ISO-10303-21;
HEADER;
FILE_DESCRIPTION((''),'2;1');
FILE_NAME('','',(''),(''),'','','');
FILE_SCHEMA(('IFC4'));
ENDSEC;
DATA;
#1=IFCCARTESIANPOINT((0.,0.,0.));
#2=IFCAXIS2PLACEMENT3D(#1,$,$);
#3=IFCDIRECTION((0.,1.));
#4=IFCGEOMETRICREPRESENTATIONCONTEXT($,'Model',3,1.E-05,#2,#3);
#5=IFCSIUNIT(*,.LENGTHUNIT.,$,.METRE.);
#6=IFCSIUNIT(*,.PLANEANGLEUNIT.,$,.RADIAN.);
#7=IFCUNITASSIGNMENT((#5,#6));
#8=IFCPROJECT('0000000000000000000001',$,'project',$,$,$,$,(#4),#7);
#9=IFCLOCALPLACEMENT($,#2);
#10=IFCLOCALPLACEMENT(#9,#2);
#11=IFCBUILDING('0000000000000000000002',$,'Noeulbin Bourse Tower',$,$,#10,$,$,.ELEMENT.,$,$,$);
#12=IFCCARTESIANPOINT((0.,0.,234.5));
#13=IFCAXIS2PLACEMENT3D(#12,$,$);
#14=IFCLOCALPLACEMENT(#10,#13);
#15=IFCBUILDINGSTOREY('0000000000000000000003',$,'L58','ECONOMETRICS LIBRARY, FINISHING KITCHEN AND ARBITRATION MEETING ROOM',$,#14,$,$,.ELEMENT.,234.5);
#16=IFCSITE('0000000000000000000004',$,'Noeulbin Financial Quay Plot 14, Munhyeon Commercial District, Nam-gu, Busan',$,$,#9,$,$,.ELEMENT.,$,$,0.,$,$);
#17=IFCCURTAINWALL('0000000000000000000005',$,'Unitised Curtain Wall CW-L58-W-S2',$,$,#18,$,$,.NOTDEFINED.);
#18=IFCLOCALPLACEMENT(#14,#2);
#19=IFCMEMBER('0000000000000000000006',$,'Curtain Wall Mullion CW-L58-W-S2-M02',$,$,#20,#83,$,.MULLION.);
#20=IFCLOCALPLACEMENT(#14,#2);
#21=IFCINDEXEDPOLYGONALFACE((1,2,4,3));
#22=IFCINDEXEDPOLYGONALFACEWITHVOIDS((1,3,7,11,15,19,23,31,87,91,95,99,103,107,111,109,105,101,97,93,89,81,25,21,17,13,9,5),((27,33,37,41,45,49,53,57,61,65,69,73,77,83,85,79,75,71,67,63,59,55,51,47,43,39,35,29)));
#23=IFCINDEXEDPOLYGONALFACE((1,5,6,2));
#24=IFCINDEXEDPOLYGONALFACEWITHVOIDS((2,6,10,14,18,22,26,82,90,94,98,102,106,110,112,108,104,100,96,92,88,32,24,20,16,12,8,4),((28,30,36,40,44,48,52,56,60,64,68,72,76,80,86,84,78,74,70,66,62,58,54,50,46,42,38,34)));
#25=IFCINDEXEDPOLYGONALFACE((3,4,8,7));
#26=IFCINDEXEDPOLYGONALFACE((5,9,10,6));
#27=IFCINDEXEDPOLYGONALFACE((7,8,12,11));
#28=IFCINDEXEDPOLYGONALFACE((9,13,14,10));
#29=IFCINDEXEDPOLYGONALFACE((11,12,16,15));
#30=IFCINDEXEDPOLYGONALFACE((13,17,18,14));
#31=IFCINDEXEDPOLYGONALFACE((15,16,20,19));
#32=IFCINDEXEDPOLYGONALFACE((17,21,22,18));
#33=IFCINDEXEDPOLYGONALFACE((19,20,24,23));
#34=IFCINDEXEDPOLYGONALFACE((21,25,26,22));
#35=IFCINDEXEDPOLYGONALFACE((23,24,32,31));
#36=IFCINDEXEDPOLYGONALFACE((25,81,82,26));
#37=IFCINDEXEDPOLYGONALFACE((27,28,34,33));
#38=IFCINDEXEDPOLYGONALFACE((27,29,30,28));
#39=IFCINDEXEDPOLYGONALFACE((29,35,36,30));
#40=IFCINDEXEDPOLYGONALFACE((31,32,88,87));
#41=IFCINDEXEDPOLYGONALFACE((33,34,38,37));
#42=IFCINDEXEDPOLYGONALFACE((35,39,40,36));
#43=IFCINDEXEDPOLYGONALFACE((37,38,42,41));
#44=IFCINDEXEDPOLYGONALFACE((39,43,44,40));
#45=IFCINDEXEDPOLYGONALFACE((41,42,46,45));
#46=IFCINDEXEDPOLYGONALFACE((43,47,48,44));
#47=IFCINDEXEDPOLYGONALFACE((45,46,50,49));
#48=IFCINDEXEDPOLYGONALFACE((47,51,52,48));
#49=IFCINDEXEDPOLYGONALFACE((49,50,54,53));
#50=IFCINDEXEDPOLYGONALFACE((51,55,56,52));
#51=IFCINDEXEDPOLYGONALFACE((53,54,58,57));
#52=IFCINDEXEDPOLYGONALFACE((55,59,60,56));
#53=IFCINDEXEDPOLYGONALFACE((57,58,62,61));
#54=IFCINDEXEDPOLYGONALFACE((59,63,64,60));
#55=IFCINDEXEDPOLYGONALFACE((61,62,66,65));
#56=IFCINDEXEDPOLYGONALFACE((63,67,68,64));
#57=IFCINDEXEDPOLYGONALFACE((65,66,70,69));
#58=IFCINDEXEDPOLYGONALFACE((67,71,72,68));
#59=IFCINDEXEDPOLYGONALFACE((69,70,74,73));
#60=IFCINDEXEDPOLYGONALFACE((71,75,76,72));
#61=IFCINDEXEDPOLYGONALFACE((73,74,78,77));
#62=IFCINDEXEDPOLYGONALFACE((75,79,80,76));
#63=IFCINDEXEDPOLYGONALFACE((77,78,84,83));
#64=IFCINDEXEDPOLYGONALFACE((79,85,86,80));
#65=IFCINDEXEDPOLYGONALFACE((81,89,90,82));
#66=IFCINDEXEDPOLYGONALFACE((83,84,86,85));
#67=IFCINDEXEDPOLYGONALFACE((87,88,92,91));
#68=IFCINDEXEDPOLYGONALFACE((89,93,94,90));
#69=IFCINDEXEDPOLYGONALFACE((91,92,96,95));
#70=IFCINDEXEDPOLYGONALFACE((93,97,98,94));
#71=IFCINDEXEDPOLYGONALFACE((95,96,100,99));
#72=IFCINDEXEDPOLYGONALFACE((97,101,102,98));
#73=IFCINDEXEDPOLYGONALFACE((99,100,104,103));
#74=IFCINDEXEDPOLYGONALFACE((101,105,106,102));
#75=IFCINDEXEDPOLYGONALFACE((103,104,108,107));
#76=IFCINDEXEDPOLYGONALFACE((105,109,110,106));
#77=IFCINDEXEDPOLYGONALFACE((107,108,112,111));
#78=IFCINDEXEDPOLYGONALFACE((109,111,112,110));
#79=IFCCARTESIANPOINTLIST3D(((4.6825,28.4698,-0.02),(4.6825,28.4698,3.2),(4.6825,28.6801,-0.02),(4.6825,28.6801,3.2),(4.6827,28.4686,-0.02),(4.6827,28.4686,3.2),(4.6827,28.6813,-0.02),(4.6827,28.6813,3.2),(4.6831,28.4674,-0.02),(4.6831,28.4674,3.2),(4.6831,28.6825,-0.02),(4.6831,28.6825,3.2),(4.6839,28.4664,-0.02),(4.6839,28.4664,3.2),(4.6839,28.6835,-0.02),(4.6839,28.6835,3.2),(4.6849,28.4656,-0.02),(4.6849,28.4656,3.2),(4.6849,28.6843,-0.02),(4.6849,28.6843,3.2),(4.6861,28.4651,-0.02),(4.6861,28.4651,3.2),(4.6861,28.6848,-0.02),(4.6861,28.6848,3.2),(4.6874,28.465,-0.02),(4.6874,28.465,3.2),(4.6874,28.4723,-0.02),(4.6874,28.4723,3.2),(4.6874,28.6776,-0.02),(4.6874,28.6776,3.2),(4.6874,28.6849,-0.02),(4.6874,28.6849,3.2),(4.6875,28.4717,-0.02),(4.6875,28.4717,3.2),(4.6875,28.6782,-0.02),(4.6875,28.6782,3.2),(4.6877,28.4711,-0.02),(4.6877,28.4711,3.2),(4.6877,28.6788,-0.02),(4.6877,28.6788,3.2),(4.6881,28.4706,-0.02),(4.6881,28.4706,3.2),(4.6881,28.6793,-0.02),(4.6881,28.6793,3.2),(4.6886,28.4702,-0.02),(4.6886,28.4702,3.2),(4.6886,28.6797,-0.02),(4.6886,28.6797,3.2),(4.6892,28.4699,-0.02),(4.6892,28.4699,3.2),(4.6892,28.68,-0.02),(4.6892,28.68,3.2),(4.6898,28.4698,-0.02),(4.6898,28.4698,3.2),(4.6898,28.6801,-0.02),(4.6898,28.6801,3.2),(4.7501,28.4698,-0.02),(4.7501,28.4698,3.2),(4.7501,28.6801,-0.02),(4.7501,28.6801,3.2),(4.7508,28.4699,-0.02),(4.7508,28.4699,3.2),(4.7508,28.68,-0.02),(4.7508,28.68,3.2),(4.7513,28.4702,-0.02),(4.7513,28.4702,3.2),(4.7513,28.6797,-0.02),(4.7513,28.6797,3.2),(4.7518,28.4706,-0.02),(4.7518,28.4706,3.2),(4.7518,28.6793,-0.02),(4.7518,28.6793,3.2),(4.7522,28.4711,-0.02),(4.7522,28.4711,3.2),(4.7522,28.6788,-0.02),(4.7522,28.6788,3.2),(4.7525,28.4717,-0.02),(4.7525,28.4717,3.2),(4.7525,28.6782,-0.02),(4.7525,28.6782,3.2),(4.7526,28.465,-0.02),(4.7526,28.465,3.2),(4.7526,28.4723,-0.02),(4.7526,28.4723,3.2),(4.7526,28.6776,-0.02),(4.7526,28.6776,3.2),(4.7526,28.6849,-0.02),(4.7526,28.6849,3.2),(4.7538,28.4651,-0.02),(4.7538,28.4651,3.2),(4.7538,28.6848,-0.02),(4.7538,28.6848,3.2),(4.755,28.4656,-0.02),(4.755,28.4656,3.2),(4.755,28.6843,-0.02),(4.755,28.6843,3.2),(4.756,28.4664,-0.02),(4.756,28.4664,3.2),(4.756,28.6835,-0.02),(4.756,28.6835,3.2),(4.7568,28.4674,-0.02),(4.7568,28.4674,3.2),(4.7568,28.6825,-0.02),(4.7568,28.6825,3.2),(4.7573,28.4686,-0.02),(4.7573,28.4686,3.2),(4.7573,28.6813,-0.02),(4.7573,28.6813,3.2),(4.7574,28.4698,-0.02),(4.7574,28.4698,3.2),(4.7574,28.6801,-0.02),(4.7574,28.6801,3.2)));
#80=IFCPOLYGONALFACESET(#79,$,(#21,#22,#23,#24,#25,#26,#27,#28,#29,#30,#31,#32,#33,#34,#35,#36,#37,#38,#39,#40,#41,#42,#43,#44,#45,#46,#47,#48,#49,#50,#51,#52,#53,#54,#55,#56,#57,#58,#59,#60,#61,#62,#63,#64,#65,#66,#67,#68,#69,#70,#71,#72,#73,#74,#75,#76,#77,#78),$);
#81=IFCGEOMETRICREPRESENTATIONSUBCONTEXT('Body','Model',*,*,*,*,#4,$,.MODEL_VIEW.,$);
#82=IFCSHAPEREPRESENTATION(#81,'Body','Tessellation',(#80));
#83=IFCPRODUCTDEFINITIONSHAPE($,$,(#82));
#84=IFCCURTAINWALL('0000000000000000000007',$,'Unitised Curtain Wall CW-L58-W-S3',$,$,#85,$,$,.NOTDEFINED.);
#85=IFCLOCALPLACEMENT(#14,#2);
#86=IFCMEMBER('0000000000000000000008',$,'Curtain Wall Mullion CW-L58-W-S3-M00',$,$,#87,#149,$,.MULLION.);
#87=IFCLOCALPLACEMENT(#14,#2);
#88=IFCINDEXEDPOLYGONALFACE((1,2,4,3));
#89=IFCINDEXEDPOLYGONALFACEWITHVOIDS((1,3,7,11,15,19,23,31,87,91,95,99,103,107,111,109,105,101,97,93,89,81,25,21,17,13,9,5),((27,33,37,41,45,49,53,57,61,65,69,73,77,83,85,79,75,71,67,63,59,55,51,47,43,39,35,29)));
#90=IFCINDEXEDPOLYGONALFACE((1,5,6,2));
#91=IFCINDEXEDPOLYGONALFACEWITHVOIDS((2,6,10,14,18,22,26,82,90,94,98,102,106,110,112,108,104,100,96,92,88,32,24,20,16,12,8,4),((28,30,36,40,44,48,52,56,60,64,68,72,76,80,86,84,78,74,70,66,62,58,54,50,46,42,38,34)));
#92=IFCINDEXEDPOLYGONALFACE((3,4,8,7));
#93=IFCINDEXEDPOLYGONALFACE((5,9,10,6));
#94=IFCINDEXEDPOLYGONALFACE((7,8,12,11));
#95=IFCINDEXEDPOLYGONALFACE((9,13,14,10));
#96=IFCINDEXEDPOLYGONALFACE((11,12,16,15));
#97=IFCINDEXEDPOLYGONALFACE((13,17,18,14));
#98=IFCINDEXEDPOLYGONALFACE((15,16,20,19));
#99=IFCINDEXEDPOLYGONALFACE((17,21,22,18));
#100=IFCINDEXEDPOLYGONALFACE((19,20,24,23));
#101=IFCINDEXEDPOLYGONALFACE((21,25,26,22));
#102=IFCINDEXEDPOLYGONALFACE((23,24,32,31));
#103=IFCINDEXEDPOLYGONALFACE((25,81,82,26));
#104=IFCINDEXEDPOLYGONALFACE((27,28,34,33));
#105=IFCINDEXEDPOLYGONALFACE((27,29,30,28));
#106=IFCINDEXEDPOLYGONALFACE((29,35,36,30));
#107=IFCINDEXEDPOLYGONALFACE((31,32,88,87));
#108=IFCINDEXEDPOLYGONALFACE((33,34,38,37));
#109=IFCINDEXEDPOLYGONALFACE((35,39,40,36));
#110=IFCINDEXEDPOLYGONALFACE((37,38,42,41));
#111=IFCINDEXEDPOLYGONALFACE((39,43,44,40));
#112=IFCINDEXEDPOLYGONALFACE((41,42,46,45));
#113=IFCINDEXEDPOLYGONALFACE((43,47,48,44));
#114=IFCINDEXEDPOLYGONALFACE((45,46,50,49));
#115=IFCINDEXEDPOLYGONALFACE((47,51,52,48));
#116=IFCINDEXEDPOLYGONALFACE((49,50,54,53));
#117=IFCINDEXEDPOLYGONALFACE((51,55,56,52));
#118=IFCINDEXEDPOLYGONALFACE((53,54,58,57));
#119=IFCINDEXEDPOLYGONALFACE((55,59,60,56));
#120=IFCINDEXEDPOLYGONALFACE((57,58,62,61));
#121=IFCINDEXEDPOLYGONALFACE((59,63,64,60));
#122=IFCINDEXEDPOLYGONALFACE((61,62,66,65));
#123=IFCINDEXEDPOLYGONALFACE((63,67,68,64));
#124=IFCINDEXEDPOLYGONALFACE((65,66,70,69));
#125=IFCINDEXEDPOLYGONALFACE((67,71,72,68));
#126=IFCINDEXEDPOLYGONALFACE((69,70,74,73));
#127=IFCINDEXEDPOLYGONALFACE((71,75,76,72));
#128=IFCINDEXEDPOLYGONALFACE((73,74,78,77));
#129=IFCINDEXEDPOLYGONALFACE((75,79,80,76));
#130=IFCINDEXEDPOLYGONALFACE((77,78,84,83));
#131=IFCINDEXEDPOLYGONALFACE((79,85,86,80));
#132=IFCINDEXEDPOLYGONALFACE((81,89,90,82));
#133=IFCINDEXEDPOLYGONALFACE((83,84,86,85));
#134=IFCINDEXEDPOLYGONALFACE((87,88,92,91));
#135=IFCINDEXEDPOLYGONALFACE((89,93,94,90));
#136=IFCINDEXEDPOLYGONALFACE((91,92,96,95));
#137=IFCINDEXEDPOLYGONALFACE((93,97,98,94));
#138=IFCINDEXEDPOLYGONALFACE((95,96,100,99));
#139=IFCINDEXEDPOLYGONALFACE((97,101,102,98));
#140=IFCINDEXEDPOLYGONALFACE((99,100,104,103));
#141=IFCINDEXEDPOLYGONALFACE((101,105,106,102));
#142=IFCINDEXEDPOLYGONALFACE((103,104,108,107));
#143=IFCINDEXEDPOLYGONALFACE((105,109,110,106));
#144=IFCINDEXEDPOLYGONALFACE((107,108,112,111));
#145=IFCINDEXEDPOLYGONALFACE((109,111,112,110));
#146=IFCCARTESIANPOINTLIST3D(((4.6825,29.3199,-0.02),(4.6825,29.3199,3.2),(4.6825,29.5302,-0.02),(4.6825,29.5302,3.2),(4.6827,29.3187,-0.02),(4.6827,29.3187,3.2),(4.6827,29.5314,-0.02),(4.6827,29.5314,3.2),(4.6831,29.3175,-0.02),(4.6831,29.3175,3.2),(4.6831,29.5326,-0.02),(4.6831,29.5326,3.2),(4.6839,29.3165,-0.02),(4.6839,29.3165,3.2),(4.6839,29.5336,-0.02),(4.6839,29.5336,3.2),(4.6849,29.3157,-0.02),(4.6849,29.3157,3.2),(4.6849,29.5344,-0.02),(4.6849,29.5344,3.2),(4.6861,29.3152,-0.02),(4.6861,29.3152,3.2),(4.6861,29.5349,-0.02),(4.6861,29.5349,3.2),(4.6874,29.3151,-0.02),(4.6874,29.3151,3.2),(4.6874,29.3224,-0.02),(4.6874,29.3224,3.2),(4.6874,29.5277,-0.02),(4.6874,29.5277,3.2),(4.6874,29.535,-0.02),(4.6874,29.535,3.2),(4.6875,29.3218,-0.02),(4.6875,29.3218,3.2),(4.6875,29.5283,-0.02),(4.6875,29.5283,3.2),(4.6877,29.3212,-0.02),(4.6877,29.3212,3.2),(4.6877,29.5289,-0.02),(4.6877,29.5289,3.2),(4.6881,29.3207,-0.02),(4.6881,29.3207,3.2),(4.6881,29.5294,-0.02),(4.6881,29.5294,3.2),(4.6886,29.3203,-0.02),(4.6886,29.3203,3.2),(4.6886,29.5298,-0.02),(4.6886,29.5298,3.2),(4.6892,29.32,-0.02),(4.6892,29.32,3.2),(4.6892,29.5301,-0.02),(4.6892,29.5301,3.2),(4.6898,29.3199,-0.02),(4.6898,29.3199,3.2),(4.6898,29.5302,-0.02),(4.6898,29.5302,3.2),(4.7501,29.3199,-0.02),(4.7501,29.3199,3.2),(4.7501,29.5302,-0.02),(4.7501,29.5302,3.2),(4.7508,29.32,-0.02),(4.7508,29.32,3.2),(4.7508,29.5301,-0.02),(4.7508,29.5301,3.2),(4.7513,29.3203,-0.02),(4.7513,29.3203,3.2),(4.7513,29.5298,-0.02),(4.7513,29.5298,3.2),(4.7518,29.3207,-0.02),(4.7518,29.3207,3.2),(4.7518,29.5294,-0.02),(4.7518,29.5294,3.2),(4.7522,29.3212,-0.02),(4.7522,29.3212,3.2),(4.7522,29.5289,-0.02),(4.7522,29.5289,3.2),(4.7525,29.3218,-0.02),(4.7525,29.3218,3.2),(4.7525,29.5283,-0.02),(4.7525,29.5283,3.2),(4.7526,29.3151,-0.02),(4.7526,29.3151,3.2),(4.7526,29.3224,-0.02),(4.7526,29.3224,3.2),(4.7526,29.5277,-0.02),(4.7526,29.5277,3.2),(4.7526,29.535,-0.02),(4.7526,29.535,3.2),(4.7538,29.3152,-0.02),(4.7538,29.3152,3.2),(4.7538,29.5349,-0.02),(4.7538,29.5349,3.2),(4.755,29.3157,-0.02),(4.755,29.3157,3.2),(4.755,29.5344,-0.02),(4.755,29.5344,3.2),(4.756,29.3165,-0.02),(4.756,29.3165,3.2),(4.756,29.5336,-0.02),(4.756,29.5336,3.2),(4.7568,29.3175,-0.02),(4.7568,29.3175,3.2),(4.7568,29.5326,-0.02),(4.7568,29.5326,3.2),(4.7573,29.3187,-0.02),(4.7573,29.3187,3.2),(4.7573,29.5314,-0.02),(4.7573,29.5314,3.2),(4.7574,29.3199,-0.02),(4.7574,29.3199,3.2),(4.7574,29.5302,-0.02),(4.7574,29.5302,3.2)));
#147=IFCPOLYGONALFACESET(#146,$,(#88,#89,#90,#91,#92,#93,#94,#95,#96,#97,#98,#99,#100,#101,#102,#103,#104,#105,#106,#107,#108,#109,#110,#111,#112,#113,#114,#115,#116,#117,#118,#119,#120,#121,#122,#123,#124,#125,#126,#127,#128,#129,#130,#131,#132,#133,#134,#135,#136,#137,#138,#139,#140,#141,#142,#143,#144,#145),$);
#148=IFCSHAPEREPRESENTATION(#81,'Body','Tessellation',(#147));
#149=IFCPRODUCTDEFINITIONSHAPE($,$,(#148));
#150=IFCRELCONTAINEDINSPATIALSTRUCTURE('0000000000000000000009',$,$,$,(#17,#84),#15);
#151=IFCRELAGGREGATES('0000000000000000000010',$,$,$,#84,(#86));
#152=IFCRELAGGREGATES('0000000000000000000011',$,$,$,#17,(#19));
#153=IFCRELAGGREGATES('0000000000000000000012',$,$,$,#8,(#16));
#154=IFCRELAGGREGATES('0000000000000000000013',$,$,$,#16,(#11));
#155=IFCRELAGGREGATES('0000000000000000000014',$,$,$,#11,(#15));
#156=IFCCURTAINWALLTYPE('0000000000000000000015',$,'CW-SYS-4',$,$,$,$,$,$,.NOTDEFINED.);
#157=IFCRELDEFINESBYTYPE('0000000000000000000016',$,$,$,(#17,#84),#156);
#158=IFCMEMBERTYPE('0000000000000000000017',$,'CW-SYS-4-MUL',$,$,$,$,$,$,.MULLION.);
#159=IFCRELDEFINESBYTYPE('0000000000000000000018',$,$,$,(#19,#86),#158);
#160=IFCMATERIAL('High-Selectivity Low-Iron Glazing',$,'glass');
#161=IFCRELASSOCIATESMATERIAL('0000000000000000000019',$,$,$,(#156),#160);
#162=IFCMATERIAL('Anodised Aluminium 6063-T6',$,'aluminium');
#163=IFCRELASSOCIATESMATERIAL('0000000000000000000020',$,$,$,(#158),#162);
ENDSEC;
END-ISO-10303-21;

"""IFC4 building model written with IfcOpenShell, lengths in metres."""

from ifc_helpers import new_model, si_unit, direction, frame, origin, origin_2d, place, context, subcontext, project, spatial, hollow_rectangle, extrude, material, material_profile, profile_set, type_object, element, aggregate, save


model = new_model("IFC4")

# Units and contexts
model_context = context("Model", 3, precision=1e-05, world=origin(), true_north=direction((0.0, 1.0)))
body_context = subcontext(model_context, "Body", "Model", "MODEL_VIEW")
ifc_project = project(units=[si_unit("LENGTHUNIT", "METRE"), si_unit("PLANEANGLEUNIT", "RADIAN")], contexts=[model_context])

# Site, building, storey
site_placement = place(None, origin())
site = spatial("IfcSite", under=ifc_project, at=site_placement, Name="Noeulbin Financial Quay Plot 14, Munhyeon Commercial District, Nam-gu, Busan", CompositionType="ELEMENT", RefElevation=0.0)
building_placement = place(site_placement, origin())
building = spatial("IfcBuilding", under=site, at=building_placement, Name="Noeulbin Bourse Tower", CompositionType="ELEMENT")
storey_placement = place(building_placement, frame((0.0, 0.0, 234.5)))
storey = spatial("IfcBuildingStorey", under=building, at=storey_placement, Name="L58", Description="ECONOMETRICS LIBRARY, FINISHING KITCHEN AND ARBITRATION MEETING ROOM", CompositionType="ELEMENT", Elevation=234.5)

# Curtain walls, members
ifc_material_1 = material(Name="High-Selectivity Low-Iron Glazing", Category="glass")
curtain_wall_type = type_object("IfcCurtainWallType", Name="CW-SYS-4", PredefinedType="NOTDEFINED", material=ifc_material_1)
curtain_wall_1_placement = place(storey_placement, origin())
curtain_wall_1 = element("IfcCurtainWall", 1, at=curtain_wall_1_placement, inside=storey, type_object=curtain_wall_type, Name="Unitised Curtain Wall CW-L58-W-S2", PredefinedType="NOTDEFINED")
ifc_material_2 = material(Name="Anodised Aluminium 6063-T6", Category="aluminium")
ifc_material_profile_1 = material_profile(ifc_material_2, hollow_rectangle(XDim=0.075, YDim=0.22, WallThickness=0.0049, InnerFilletRadius=0.0024, OuterFilletRadius=0.0049, at=origin_2d()), Name="ALU-MULL-75x220x5", Category="LoadBearing")
ifc_profile_set_1 = profile_set([ifc_material_profile_1], Name="Anodised Aluminium 6063-T6")
member_type_1 = type_object("IfcMemberType", Name="CW-SYS-4-MUL", PredefinedType="MULLION", material=ifc_profile_set_1)
member_1_placement = place(storey_placement, frame((4.72, 28.575, -0.02), z_axis=(0.0, 0.0, 1.0), x_axis=(1.0, 0.0, 0.0)))
member_1 = element("IfcMember", 2, at=member_1_placement, type_object=member_type_1, Name="Curtain Wall Mullion CW-L58-W-S2-M02", PredefinedType="MULLION", context=body_context, shape_type="SweptSolid", body=[
    extrude(hollow_rectangle(XDim=0.075, YDim=0.22, WallThickness=0.0049, InnerFilletRadius=0.0024, OuterFilletRadius=0.0049, at=origin_2d()), origin(), (0.0, 0.0, 1.0), 3.22),
])
curtain_wall_2_placement = place(storey_placement, origin())
curtain_wall_2 = element("IfcCurtainWall", 3, at=curtain_wall_2_placement, inside=storey, type_object=curtain_wall_type, Name="Unitised Curtain Wall CW-L58-W-S3", PredefinedType="NOTDEFINED")
member_2_placement = place(storey_placement, frame((4.72, 29.425, -0.02), z_axis=(0.0, 0.0, 1.0), x_axis=(1.0, 0.0, 0.0)))
member_2 = element("IfcMember", 4, at=member_2_placement, type_object=member_type_1, Name="Curtain Wall Mullion CW-L58-W-S3-M00", PredefinedType="MULLION", context=body_context, shape_type="SweptSolid", body=[
    extrude(hollow_rectangle(XDim=0.075, YDim=0.22, WallThickness=0.0049, InnerFilletRadius=0.0024, OuterFilletRadius=0.0049, at=origin_2d()), origin(), (0.0, 0.0, 1.0), 3.22),
])
aggregate(curtain_wall_2, [member_2])

aggregate(curtain_wall_1, [member_1])

save(model, "model.ifc")
